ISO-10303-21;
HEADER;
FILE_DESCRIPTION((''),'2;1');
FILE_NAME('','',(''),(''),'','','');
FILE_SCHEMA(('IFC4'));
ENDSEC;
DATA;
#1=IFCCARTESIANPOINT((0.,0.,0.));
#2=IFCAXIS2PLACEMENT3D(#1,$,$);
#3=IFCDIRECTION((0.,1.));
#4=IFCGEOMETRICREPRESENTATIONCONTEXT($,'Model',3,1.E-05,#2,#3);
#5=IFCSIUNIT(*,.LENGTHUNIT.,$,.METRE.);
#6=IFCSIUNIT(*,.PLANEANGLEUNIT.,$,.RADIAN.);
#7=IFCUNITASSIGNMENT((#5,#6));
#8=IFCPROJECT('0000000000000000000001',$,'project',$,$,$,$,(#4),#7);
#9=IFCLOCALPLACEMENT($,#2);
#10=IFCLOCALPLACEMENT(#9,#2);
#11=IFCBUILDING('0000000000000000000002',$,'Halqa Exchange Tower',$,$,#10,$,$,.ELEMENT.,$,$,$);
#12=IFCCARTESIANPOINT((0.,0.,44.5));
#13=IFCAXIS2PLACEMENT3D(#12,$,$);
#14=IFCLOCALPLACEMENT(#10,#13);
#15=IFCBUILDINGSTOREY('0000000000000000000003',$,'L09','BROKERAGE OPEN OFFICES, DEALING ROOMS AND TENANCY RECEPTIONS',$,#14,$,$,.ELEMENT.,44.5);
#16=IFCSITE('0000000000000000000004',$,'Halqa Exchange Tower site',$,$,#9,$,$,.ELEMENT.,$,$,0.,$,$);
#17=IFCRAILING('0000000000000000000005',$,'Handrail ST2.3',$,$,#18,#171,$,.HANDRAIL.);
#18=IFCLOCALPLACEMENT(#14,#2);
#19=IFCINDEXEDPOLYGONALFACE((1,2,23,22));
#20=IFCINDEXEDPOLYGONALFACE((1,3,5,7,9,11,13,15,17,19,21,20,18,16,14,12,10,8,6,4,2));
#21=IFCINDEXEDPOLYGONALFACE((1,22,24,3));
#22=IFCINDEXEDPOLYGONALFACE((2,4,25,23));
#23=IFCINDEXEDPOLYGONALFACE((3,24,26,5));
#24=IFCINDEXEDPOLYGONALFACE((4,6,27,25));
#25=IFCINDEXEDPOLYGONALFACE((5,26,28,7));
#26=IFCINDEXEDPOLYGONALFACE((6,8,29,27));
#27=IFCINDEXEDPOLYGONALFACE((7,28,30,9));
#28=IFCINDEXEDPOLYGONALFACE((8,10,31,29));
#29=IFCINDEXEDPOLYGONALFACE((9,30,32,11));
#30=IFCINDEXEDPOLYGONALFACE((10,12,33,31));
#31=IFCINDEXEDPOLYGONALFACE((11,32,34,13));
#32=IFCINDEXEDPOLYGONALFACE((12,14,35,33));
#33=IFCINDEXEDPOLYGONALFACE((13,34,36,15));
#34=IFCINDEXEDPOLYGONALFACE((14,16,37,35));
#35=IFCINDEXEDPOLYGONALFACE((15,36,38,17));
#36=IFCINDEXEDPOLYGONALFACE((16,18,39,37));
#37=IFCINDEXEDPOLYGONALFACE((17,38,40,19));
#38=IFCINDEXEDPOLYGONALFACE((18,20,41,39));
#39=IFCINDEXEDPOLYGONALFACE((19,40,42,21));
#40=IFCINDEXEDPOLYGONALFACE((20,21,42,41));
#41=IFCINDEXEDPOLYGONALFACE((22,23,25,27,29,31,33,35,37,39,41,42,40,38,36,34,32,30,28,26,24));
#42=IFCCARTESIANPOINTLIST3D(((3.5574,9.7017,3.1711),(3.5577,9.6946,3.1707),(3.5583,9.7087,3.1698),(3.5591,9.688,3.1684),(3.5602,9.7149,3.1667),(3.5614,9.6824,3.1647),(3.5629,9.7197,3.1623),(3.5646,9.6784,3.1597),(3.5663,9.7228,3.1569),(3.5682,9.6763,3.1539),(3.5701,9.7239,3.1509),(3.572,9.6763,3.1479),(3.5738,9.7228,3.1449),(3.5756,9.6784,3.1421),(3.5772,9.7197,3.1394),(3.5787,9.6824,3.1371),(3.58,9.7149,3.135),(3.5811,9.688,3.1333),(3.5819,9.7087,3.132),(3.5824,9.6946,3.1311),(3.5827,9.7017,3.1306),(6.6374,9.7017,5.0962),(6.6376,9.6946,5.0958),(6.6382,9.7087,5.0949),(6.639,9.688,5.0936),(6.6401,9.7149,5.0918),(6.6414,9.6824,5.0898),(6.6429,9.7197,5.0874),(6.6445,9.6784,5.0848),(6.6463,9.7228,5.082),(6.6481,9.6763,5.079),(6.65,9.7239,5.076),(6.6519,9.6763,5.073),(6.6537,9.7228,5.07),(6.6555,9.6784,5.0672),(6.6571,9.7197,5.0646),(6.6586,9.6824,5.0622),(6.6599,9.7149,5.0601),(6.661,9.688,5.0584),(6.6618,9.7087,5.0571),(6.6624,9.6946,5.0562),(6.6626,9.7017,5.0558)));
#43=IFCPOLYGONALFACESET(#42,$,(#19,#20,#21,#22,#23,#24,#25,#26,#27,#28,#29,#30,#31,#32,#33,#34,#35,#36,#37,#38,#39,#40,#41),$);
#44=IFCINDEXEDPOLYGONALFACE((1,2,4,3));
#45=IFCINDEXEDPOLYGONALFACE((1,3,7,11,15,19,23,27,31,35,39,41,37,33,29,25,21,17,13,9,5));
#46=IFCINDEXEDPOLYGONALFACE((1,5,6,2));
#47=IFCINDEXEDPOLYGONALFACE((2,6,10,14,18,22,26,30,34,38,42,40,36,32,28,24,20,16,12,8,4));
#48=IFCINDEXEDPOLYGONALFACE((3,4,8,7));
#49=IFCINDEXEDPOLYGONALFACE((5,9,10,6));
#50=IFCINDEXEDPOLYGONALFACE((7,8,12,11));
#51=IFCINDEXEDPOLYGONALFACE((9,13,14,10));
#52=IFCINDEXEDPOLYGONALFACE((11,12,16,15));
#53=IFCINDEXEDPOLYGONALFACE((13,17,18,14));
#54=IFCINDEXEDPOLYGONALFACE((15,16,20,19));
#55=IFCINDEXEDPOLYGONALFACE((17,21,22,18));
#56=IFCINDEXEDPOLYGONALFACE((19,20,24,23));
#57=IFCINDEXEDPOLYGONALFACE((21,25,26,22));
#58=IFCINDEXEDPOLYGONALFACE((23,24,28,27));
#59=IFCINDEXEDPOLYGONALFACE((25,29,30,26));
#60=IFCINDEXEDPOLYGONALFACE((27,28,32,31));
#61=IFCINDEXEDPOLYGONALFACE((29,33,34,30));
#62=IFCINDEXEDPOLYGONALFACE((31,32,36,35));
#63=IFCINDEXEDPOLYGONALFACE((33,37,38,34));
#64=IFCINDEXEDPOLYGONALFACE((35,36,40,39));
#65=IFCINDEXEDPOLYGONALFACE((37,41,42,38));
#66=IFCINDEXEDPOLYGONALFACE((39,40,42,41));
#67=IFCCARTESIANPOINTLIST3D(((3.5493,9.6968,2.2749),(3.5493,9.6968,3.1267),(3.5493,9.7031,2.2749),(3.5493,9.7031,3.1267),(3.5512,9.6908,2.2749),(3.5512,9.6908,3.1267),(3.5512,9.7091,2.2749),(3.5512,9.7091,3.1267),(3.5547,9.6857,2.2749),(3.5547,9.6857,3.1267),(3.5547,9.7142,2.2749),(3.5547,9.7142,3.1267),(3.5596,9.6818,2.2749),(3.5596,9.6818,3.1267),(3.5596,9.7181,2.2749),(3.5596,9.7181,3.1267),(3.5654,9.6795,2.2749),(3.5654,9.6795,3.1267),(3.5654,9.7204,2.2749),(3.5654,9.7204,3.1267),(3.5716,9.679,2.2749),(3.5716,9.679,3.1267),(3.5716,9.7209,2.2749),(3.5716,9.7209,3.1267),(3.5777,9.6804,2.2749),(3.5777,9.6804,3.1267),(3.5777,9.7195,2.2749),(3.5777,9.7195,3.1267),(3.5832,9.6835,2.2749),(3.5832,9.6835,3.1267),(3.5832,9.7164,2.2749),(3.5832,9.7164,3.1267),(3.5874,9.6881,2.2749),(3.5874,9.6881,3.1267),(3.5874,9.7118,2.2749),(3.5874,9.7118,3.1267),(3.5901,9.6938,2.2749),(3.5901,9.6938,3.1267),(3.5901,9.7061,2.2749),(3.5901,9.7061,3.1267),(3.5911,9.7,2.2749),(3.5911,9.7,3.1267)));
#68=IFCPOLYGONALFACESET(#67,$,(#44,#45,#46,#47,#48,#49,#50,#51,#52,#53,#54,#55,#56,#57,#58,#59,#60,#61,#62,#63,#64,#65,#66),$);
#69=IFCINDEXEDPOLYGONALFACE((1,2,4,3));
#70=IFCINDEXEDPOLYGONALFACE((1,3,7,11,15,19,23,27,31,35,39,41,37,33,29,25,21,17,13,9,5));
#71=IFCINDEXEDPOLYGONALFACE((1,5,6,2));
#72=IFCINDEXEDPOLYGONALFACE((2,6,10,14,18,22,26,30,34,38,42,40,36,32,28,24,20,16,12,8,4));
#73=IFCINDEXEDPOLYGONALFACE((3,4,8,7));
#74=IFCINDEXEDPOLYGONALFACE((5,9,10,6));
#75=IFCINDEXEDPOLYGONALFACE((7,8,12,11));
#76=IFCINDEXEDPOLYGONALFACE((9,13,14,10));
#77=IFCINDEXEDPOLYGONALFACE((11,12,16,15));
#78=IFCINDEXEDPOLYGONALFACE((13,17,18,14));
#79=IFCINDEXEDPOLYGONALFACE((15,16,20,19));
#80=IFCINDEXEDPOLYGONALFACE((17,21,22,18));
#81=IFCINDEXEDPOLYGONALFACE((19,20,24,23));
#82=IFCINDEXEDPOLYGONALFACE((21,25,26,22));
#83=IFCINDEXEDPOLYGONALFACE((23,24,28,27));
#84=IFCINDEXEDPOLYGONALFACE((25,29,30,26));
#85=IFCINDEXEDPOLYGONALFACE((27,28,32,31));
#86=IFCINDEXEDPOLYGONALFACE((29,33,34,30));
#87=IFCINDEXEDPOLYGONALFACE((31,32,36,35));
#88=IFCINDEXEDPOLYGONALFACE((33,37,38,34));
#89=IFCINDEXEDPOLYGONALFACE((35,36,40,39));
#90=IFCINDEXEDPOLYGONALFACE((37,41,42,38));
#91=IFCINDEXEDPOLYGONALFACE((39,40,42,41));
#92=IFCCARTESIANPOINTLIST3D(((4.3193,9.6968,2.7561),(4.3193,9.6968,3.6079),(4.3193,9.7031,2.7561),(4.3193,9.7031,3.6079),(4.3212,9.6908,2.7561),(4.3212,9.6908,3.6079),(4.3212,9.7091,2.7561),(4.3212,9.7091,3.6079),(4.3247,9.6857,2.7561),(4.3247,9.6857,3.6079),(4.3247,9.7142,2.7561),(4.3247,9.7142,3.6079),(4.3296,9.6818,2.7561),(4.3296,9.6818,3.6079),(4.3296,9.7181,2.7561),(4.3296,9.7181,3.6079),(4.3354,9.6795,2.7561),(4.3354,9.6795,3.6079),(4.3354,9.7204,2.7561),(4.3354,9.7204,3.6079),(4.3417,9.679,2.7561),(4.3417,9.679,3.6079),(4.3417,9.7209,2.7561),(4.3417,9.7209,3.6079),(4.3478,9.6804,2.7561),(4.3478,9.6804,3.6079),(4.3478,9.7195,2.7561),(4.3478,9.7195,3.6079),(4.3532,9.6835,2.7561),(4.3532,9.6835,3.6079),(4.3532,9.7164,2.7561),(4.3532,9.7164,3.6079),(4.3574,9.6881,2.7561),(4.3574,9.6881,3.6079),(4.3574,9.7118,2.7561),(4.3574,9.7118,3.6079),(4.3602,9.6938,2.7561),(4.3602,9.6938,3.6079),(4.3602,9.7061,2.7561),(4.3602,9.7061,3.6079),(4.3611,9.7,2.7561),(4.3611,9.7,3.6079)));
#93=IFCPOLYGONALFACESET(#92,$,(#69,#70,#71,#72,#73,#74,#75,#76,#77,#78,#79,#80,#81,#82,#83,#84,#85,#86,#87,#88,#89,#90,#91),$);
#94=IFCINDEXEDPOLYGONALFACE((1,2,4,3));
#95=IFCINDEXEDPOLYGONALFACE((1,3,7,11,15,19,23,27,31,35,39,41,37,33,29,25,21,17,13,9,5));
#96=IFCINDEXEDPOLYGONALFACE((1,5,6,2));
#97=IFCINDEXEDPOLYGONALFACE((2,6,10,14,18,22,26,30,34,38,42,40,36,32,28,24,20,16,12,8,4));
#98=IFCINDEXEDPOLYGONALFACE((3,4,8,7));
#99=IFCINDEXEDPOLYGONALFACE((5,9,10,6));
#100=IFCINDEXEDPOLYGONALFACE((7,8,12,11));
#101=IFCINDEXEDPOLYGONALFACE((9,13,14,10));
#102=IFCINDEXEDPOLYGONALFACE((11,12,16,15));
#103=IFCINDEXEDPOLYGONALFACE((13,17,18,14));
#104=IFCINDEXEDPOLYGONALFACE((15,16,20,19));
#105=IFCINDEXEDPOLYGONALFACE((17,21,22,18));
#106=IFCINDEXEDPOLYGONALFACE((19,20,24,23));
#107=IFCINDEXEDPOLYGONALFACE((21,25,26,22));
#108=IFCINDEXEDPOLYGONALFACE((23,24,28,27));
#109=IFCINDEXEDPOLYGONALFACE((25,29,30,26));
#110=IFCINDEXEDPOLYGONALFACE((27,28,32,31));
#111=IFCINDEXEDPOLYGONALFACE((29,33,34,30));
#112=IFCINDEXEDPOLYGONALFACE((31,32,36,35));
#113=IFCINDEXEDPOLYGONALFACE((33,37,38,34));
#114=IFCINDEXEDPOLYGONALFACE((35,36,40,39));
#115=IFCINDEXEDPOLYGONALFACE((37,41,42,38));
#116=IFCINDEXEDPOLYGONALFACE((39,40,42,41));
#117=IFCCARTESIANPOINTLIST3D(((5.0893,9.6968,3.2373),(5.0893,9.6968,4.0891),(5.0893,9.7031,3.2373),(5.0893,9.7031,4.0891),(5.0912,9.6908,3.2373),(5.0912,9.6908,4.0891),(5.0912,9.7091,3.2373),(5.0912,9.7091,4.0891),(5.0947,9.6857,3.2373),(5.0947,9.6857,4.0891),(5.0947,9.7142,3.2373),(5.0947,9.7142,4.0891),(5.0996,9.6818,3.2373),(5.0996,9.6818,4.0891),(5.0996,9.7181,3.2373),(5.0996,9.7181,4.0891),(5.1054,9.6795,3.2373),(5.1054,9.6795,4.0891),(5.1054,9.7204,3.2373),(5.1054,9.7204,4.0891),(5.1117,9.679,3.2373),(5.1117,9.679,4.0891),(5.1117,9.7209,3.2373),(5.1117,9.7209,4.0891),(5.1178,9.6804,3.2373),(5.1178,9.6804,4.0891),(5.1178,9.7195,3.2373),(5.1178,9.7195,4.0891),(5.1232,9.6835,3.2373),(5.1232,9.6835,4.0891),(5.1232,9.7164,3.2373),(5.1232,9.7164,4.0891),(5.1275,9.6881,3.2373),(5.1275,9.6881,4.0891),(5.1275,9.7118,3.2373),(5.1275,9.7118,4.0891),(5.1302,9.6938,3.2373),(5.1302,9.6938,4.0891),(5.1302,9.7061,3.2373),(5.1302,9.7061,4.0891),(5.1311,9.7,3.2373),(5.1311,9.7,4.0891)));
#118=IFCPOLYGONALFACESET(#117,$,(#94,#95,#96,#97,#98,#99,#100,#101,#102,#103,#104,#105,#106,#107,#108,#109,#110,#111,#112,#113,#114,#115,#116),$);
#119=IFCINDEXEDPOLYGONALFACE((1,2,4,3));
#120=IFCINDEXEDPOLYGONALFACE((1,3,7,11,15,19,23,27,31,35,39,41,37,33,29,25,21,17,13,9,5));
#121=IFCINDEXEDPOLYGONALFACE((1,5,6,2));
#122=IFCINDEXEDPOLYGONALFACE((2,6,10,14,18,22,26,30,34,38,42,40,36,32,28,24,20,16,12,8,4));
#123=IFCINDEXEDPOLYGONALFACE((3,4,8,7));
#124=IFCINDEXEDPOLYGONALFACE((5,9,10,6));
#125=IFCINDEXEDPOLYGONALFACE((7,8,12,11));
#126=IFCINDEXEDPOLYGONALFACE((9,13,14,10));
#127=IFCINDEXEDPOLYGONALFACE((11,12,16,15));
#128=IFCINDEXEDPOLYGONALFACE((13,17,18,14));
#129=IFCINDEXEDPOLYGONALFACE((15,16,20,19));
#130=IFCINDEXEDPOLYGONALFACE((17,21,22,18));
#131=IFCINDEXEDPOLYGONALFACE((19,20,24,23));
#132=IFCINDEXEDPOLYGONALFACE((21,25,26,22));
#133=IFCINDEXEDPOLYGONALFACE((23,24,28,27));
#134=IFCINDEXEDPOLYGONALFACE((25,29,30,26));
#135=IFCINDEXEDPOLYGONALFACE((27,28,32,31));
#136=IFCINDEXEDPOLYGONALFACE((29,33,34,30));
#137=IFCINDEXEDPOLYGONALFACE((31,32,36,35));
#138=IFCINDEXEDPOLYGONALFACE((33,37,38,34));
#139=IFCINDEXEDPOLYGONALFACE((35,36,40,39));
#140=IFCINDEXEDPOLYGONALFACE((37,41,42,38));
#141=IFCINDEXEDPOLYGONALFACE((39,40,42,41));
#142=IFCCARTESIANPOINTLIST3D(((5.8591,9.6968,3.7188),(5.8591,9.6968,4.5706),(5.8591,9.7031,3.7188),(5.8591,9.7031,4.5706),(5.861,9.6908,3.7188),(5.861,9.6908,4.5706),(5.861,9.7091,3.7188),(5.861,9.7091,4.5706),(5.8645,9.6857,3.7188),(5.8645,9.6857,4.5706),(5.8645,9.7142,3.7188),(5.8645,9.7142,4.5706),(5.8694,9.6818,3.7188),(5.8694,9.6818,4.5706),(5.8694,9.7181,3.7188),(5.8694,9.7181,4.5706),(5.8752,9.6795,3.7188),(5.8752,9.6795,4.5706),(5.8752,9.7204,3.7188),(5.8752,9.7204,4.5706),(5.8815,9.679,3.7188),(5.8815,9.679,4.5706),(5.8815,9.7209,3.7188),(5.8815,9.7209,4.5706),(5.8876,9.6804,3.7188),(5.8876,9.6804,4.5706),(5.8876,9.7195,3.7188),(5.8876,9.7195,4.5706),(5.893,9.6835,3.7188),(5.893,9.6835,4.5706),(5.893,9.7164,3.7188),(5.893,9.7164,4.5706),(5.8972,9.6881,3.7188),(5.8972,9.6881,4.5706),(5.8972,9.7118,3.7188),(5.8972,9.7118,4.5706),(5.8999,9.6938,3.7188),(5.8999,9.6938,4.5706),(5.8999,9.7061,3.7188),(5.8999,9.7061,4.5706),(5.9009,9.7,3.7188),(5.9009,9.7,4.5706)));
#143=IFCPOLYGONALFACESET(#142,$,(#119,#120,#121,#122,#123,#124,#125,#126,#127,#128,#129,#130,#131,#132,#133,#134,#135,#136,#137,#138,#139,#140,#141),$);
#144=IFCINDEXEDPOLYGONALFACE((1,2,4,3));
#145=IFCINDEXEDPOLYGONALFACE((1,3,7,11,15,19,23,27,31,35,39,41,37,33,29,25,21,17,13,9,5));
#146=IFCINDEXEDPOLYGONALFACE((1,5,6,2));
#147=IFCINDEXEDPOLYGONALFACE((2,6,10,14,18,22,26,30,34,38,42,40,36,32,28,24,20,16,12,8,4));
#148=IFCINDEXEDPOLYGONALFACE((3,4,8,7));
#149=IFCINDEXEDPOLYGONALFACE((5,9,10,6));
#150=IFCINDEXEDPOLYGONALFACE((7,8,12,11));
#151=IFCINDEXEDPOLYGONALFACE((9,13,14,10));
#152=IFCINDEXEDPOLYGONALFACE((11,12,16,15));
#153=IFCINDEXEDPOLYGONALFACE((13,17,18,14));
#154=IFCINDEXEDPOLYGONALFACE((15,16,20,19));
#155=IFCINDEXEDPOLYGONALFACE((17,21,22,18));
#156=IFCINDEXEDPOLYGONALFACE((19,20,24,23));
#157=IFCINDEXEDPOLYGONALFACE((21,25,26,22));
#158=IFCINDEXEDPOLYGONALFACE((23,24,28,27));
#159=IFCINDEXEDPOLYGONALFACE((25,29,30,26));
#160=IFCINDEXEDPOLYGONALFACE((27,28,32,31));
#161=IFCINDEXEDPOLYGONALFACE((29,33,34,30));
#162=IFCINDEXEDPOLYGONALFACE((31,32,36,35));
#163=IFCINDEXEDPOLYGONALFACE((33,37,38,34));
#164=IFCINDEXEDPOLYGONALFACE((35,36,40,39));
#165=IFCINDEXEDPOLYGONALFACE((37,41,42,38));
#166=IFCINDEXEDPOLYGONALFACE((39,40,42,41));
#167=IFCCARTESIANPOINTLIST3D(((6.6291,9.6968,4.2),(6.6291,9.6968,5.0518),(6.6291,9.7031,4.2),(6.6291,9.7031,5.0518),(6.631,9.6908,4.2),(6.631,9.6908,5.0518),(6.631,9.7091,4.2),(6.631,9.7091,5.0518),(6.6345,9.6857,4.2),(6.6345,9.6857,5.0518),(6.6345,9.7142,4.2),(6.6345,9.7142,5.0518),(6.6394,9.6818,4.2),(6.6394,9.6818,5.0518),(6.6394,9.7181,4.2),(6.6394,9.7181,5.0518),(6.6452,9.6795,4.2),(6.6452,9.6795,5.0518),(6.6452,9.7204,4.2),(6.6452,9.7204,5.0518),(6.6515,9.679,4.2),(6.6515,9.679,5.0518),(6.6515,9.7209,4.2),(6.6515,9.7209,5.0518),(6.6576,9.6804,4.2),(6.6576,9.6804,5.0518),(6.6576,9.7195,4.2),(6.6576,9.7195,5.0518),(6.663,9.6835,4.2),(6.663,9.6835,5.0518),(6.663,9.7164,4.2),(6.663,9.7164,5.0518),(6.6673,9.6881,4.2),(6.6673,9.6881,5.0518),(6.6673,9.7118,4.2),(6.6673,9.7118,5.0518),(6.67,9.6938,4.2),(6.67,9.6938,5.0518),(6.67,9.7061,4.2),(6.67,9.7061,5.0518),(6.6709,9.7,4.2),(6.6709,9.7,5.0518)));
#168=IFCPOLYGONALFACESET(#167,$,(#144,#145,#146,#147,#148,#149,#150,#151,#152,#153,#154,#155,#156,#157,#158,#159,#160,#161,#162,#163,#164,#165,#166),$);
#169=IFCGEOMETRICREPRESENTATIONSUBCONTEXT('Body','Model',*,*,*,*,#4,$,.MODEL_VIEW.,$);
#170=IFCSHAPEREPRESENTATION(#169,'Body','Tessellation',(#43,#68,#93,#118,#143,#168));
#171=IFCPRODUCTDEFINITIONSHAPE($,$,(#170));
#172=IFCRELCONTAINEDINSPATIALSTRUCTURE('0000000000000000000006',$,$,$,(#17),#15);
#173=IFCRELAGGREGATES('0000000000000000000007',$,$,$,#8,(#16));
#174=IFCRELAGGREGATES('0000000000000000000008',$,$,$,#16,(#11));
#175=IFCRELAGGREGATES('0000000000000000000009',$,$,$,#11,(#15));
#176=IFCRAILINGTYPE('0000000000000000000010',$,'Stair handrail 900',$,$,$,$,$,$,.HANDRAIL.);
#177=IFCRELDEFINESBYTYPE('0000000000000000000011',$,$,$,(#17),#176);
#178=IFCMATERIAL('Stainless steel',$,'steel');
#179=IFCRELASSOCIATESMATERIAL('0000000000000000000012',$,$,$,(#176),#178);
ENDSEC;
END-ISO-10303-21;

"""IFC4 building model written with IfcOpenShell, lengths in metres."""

from ifc_helpers import new_model, si_unit, direction, frame, origin, origin_2d, place, context, subcontext, project, spatial, circle, extrude, material, type_object, element, save


model = new_model("IFC4")

# Units and contexts
model_context = context("Model", 3, precision=1e-05, world=origin(), true_north=direction((0.0, 1.0)))
body_context = subcontext(model_context, "Body", "Model", "MODEL_VIEW")
ifc_project = project(units=[si_unit("LENGTHUNIT", "METRE"), si_unit("PLANEANGLEUNIT", "RADIAN")], contexts=[model_context])

# Site, building, storey
site_placement = place(None, origin())
site = spatial("IfcSite", under=ifc_project, at=site_placement, Name="Halqa Exchange Tower site", CompositionType="ELEMENT", RefElevation=0.0)
building_placement = place(site_placement, origin())
building = spatial("IfcBuilding", under=site, at=building_placement, Name="Halqa Exchange Tower", CompositionType="ELEMENT")
storey_placement = place(building_placement, frame((0.0, 0.0, 44.5)))
storey = spatial("IfcBuildingStorey", under=building, at=storey_placement, Name="L09", Description="BROKERAGE OPEN OFFICES, DEALING ROOMS AND TENANCY RECEPTIONS", CompositionType="ELEMENT", Elevation=44.5)

# Railing
ifc_material_1 = material(Name="Stainless steel", Category="steel")
railing_type_1 = type_object("IfcRailingType", Name="Stair handrail 900", PredefinedType="HANDRAIL", material=ifc_material_1)
railing_1_placement = place(storey_placement, frame((3.5701, 9.7, 2.2749)))
element("IfcRailing", 1, at=railing_1_placement, inside=storey, type_object=railing_type_1, Name="Handrail ST2.3", PredefinedType="HANDRAIL", context=body_context, shape_type="SweptSolid", body=[
    extrude(circle(Radius=0.0239, at=origin_2d()), frame((0.0, 0.0, 0.876), z_axis=(0.847979, 0.0, 0.530029), x_axis=(0.0, 1.0, 0.0)), (0.0, 0.0, 1.0), 3.6321),
    extrude(circle(Radius=0.021, at=origin_2d()), origin(), (0.0, 0.0, 1.0), 0.8518),
    extrude(circle(Radius=0.021, at=origin_2d()), frame((0.77, 0.0, 0.4812)), (0.0, 0.0, 1.0), 0.8518),
    extrude(circle(Radius=0.021, at=origin_2d()), frame((1.54, 0.0, 0.9624)), (0.0, 0.0, 1.0), 0.8518),
    extrude(circle(Radius=0.021, at=origin_2d()), frame((2.3098, 0.0, 1.4438)), (0.0, 0.0, 1.0), 0.8518),
    extrude(circle(Radius=0.021, at=origin_2d()), frame((3.0798, 0.0, 1.925)), (0.0, 0.0, 1.0), 0.8518),
])

save(model, "model.ifc")
